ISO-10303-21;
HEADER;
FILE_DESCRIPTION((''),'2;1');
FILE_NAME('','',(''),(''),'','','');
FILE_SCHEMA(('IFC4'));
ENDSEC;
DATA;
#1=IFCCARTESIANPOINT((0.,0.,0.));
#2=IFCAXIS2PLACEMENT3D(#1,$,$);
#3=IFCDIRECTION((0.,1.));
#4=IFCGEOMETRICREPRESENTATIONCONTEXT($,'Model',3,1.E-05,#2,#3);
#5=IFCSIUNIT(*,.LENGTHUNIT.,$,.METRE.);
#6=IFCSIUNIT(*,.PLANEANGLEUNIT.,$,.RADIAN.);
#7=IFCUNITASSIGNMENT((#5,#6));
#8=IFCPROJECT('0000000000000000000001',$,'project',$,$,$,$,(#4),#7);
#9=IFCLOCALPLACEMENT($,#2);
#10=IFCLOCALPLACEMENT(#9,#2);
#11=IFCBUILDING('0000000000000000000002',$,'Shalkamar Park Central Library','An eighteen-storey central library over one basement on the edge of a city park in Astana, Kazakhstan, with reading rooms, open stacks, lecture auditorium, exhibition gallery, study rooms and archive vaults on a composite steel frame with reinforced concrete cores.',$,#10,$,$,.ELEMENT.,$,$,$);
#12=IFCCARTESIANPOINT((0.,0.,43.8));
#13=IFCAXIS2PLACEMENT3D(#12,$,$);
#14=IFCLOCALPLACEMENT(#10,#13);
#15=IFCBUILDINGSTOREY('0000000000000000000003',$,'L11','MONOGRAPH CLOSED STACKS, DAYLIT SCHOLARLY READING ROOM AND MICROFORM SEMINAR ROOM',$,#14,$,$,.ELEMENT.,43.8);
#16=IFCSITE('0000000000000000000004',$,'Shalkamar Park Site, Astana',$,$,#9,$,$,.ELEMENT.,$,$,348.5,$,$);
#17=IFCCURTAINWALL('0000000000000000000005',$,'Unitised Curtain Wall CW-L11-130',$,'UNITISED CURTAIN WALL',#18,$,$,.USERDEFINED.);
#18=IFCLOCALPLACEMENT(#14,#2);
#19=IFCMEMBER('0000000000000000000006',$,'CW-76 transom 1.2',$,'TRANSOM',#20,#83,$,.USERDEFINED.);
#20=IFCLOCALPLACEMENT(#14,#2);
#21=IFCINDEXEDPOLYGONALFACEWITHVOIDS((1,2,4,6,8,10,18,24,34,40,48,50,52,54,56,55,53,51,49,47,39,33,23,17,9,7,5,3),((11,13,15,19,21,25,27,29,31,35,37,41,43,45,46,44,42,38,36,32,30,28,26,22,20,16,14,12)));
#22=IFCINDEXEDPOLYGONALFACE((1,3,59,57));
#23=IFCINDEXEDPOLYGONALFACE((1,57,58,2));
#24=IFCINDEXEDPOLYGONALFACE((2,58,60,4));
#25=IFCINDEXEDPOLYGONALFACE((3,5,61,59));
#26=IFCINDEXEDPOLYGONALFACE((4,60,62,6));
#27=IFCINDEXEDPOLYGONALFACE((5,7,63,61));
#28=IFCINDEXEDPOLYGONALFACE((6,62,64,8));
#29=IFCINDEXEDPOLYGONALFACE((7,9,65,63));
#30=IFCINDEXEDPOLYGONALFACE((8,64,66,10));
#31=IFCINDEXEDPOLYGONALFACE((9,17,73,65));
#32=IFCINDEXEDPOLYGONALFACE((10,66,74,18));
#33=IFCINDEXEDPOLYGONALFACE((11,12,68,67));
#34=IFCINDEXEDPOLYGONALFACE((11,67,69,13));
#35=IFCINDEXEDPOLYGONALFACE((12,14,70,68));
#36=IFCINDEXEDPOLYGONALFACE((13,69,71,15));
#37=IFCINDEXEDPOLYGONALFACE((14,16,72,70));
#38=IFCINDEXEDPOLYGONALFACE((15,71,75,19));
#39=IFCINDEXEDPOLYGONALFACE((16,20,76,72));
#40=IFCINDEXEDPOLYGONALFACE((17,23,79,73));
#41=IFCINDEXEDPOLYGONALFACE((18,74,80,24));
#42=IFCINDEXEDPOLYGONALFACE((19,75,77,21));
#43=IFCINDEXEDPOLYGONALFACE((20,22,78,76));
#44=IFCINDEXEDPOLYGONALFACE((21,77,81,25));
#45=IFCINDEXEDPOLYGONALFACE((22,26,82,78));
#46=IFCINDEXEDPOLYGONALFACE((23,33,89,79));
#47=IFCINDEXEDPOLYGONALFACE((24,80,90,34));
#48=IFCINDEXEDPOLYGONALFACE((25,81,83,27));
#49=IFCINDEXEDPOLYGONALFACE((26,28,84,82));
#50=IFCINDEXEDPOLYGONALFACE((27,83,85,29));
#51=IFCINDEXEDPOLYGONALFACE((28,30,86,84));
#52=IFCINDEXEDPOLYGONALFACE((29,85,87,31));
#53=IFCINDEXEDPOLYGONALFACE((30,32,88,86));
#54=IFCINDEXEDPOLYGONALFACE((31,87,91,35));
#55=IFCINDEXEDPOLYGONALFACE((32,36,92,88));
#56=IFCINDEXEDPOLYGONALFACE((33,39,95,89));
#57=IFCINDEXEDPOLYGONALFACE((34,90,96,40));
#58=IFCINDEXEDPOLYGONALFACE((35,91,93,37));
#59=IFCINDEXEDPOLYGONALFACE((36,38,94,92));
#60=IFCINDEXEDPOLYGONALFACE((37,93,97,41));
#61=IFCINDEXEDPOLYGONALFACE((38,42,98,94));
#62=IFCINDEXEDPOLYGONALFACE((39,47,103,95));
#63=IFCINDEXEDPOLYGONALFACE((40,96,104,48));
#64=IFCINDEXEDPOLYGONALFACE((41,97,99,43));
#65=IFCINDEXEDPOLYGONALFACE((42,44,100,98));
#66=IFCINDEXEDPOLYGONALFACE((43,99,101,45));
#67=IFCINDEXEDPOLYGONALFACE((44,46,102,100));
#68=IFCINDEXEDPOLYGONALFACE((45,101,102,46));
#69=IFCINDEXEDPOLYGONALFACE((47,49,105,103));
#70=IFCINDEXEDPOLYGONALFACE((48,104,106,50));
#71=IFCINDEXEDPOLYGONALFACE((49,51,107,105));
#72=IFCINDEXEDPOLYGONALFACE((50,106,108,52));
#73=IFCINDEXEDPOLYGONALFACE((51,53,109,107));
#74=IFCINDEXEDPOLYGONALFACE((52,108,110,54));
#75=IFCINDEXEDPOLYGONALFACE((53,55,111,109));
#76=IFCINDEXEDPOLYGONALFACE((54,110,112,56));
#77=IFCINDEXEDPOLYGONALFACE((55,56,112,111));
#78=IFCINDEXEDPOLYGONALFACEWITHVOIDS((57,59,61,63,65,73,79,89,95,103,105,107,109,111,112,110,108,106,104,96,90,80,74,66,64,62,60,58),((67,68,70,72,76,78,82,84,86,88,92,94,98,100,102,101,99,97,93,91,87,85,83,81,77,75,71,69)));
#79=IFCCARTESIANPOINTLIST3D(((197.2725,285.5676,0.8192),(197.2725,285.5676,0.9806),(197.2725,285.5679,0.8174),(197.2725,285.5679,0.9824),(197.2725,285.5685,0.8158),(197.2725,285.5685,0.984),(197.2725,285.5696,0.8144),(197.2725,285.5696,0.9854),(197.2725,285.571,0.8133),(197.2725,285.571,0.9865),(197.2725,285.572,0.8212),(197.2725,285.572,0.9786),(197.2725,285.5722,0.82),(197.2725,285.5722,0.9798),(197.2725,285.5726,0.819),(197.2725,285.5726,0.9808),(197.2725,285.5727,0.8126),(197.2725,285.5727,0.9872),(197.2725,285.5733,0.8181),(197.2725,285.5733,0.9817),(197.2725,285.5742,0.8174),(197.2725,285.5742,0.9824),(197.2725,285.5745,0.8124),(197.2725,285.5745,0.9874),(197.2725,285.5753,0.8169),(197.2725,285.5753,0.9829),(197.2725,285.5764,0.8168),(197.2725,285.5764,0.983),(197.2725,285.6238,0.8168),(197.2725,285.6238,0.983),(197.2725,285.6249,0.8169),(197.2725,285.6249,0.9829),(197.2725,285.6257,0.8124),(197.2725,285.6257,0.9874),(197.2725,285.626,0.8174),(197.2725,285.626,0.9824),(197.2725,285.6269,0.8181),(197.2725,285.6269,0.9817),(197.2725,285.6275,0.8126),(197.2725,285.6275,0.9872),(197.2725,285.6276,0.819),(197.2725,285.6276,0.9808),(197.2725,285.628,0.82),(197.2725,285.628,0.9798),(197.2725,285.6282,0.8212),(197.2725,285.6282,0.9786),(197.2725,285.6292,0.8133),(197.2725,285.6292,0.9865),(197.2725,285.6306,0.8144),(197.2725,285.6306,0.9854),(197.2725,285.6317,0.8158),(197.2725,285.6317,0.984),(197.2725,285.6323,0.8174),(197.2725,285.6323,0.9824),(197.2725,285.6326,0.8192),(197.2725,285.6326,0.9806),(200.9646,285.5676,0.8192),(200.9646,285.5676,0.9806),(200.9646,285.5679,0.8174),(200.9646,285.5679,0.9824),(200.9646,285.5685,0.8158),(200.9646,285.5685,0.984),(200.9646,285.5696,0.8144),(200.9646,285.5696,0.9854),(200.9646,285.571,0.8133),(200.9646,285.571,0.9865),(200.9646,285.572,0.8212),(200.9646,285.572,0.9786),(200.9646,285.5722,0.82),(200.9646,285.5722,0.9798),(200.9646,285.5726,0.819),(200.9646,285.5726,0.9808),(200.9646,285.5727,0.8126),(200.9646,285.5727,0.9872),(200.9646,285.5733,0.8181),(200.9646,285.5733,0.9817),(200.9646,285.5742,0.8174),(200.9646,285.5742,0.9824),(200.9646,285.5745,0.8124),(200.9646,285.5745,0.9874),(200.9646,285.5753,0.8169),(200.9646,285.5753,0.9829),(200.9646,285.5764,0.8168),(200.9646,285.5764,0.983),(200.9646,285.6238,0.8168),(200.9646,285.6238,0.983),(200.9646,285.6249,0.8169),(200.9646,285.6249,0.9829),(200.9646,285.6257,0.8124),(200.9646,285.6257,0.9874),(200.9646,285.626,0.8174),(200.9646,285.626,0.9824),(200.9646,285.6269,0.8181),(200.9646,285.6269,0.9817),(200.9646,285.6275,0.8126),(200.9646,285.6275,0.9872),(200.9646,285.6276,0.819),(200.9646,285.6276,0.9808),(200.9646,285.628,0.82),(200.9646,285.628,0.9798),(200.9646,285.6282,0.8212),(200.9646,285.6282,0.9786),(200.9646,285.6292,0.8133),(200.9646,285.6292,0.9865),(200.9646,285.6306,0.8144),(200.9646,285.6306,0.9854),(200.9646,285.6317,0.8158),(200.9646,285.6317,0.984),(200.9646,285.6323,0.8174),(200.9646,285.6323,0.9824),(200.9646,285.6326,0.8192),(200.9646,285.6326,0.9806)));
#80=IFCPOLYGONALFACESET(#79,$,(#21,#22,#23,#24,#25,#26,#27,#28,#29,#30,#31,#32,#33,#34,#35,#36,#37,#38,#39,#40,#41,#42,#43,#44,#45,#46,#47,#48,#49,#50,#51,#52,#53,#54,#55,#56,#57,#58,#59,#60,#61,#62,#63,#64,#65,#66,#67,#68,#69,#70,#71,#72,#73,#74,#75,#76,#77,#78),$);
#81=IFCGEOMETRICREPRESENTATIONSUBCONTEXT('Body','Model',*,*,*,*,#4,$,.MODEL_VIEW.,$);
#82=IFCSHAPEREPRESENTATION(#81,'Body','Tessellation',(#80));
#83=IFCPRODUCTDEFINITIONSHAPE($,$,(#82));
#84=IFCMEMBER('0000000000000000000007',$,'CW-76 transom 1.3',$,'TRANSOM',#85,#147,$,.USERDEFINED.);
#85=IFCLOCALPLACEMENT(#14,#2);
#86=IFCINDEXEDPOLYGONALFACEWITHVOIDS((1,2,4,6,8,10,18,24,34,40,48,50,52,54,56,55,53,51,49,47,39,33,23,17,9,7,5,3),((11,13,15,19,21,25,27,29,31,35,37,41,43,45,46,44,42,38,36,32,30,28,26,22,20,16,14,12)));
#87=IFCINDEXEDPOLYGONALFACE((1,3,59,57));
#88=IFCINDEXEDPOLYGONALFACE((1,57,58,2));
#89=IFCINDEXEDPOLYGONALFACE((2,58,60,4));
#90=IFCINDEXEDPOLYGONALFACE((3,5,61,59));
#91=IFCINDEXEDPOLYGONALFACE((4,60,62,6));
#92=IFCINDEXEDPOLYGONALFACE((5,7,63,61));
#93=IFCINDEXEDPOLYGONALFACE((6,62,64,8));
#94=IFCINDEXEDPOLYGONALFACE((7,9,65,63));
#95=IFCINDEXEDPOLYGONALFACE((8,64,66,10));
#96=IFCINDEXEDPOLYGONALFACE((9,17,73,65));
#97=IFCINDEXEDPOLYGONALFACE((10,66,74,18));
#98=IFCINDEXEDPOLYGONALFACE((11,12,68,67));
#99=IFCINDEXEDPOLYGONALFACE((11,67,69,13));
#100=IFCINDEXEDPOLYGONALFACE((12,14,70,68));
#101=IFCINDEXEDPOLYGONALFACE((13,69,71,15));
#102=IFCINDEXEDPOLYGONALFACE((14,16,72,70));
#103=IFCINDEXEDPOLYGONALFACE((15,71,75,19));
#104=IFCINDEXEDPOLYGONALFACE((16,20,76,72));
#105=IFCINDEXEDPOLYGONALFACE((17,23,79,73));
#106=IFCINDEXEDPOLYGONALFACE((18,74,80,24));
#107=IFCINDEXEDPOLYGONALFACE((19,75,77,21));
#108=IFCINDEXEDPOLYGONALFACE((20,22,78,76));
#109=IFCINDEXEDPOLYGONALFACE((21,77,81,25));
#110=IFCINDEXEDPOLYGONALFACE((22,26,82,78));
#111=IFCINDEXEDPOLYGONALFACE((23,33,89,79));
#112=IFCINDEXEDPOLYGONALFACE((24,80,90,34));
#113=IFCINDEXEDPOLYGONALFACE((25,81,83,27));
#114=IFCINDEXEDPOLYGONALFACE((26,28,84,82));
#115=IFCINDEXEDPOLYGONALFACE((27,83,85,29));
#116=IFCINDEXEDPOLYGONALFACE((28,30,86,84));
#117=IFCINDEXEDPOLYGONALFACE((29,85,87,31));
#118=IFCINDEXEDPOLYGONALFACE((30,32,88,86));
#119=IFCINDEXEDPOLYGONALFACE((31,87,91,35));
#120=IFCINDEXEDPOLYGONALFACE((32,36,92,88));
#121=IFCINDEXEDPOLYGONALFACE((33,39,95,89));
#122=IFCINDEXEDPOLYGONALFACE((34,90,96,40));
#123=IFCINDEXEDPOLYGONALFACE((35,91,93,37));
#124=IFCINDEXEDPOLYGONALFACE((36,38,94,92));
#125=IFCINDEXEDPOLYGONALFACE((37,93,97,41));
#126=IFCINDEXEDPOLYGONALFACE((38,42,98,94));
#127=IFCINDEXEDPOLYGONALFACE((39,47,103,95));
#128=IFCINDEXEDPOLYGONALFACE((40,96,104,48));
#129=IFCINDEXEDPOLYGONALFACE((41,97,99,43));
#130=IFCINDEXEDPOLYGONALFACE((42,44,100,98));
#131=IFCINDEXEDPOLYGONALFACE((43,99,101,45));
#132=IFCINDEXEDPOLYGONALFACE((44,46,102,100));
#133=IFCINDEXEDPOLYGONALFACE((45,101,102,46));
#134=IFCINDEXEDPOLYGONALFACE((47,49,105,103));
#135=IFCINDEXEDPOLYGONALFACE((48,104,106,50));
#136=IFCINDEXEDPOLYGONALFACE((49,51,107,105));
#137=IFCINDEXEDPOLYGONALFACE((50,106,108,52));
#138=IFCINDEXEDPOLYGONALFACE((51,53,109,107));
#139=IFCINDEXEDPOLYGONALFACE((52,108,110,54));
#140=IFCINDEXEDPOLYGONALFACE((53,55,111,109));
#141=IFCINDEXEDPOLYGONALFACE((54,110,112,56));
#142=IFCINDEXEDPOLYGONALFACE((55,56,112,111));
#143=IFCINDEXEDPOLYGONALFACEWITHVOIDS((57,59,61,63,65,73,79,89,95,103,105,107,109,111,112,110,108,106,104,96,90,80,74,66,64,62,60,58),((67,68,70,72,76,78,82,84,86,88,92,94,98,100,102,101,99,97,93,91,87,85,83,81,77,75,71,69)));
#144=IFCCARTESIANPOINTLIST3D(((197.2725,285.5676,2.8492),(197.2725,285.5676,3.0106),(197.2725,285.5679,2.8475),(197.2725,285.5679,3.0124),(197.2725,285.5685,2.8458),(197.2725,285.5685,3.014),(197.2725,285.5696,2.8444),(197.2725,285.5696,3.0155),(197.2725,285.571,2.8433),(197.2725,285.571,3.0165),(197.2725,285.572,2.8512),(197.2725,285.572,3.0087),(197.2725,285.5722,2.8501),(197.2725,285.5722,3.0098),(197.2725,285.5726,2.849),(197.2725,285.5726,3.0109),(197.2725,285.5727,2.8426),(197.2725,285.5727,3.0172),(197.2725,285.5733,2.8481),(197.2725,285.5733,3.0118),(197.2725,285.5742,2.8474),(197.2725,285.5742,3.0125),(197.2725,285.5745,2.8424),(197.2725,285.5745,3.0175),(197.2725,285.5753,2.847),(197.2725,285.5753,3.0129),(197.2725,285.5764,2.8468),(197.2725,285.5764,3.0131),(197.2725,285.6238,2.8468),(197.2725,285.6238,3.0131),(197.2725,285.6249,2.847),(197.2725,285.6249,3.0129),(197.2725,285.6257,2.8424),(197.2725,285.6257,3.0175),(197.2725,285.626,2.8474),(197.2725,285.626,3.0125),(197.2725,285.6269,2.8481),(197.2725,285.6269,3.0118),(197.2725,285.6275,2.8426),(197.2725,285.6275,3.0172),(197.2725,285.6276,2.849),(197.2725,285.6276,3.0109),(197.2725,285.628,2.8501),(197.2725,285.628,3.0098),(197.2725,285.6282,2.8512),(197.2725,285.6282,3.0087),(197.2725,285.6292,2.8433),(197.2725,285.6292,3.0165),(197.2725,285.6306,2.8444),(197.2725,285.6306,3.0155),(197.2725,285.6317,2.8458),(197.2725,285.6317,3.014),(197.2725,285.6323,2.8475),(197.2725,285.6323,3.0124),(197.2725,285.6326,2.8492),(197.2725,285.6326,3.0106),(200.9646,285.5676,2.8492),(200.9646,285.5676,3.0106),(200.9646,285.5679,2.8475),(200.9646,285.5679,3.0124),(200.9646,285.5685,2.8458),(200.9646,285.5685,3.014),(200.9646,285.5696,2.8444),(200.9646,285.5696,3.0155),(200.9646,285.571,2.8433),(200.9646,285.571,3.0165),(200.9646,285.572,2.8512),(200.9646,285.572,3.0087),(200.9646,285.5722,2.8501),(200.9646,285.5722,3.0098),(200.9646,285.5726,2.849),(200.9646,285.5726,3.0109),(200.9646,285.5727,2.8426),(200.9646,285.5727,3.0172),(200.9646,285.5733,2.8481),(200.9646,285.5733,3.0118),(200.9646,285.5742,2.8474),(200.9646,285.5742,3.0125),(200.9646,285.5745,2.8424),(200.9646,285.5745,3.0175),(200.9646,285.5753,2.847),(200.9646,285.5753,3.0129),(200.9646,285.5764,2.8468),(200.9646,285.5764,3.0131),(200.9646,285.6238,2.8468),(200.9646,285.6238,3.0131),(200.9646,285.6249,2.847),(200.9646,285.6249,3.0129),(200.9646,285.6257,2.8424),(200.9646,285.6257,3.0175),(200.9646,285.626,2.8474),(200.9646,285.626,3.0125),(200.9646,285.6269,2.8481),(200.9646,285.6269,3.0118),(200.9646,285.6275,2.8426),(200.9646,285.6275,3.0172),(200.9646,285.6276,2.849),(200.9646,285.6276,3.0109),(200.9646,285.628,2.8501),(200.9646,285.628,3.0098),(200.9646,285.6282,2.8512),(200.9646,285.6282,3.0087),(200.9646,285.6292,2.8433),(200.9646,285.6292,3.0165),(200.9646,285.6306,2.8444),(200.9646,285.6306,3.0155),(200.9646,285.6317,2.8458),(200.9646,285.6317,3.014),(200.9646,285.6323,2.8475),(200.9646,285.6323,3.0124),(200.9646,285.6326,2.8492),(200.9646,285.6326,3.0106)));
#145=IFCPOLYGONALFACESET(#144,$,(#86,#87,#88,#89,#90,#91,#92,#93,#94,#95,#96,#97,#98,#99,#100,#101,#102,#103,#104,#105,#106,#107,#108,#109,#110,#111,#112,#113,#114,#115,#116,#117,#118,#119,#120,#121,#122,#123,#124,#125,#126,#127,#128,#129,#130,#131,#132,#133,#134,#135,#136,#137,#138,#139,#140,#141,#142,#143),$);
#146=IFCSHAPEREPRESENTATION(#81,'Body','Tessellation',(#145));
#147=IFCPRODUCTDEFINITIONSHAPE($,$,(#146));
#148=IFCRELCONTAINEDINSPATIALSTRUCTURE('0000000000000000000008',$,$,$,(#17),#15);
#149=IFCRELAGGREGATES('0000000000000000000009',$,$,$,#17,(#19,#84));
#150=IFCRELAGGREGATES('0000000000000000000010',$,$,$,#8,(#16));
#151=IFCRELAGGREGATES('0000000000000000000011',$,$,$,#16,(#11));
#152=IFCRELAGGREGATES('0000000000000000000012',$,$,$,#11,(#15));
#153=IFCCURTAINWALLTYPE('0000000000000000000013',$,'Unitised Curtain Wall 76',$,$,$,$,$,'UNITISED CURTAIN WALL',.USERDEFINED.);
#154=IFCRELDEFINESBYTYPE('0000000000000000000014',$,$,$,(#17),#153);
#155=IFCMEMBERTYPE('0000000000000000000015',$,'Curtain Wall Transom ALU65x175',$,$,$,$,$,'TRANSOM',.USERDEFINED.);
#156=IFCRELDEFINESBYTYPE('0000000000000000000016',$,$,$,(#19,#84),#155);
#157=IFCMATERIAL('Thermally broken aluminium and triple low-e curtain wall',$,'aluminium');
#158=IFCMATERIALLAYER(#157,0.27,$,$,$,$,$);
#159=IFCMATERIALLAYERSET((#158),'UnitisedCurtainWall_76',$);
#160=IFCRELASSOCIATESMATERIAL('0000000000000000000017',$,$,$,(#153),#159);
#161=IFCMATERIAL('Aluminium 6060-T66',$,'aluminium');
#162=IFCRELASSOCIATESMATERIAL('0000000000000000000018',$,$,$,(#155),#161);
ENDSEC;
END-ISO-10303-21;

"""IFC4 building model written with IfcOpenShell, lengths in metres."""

from ifc_helpers import new_model, si_unit, direction, frame, origin, origin_2d, place, context, subcontext, project, spatial, hollow_rectangle, extrude, material, layer, layer_set, material_profile, profile_set, type_object, element, aggregate, save


model = new_model("IFC4")

# Units and contexts
model_context = context("Model", 3, precision=1e-05, world=origin(), true_north=direction((0.0, 1.0)))
body_context = subcontext(model_context, "Body", "Model", "MODEL_VIEW")
ifc_project = project(units=[si_unit("LENGTHUNIT", "METRE"), si_unit("PLANEANGLEUNIT", "RADIAN")], contexts=[model_context])

# Site, building, storey
site_placement = place(None, origin())
site = spatial("IfcSite", under=ifc_project, at=site_placement, Name="Shalkamar Park Site, Astana", CompositionType="ELEMENT", RefElevation=348.5)
building_placement = place(site_placement, origin())
building = spatial("IfcBuilding", under=site, at=building_placement, Name="Shalkamar Park Central Library", Description="An eighteen-storey central library over one basement on the edge of a city park in Astana, Kazakhstan, with reading rooms, open stacks, lecture auditorium, exhibition gallery, study rooms and archive vaults on a composite steel frame with reinforced concrete cores.", CompositionType="ELEMENT")
storey_placement = place(building_placement, frame((0.0, 0.0, 43.8)))
storey = spatial("IfcBuildingStorey", under=building, at=storey_placement, Name="L11", Description="MONOGRAPH CLOSED STACKS, DAYLIT SCHOLARLY READING ROOM AND MICROFORM SEMINAR ROOM", CompositionType="ELEMENT", Elevation=43.8)

# Curtain wall
ifc_material_1 = material(Name="Thermally broken aluminium and triple low-e curtain wall", Category="aluminium")
ifc_material_2 = material(Name="Aluminium 6060-T66", Category="aluminium")
ifc_layer_1 = layer(ifc_material_1, 0.27)
ifc_layer_set_1 = layer_set([ifc_layer_1], Name="UnitisedCurtainWall_76")
curtain_wall_type_1 = type_object("IfcCurtainWallType", Name="Unitised Curtain Wall 76", ElementType="UNITISED CURTAIN WALL", PredefinedType="USERDEFINED", material=ifc_layer_set_1)
curtain_wall_1_placement = place(storey_placement, origin())
curtain_wall_1 = element("IfcCurtainWall", 1, at=curtain_wall_1_placement, inside=storey, type_object=curtain_wall_type_1, Name="Unitised Curtain Wall CW-L11-130", ObjectType="UNITISED CURTAIN WALL", PredefinedType="USERDEFINED")

# Members
ifc_material_profile_1 = material_profile(ifc_material_2, hollow_rectangle(XDim=0.0649, YDim=0.175, WallThickness=0.0044, InnerFilletRadius=0.0044, OuterFilletRadius=0.0068, at=origin_2d()), Name="ALU 65x175x4.5")
ifc_profile_set_1 = profile_set([ifc_material_profile_1], Name="Aluminium 6060-T66")
member_type_1 = type_object("IfcMemberType", Name="Curtain Wall Transom ALU65x175", ElementType="TRANSOM", PredefinedType="USERDEFINED", material=ifc_profile_set_1)
member_1_placement = place(storey_placement, frame((197.2725, 285.6001, 0.8999), z_axis=(1.0, 0.0, 0.0), x_axis=(0.0, 1.0, 0.0)))
member_1 = element("IfcMember", 2, at=member_1_placement, type_object=member_type_1, Name="CW-76 transom 1.2", ObjectType="TRANSOM", PredefinedType="USERDEFINED", context=body_context, shape_type="SweptSolid", body=[
    extrude(hollow_rectangle(XDim=0.0649, YDim=0.175, WallThickness=0.0044, InnerFilletRadius=0.0044, OuterFilletRadius=0.0068, at=origin_2d()), origin(), (0.0, 0.0, 1.0), 3.6921),
])
member_2_placement = place(storey_placement, frame((197.2725, 285.6001, 2.9299), z_axis=(1.0, 0.0, 0.0), x_axis=(0.0, 1.0, 0.0)))
member_2 = element("IfcMember", 3, at=member_2_placement, type_object=member_type_1, Name="CW-76 transom 1.3", ObjectType="TRANSOM", PredefinedType="USERDEFINED", context=body_context, shape_type="SweptSolid", body=[
    extrude(hollow_rectangle(XDim=0.0649, YDim=0.175, WallThickness=0.0044, InnerFilletRadius=0.0044, OuterFilletRadius=0.0068, at=origin_2d()), origin(), (0.0, 0.0, 1.0), 3.6921),
])

aggregate(curtain_wall_1, [member_1, member_2])

save(model, "model.ifc")
